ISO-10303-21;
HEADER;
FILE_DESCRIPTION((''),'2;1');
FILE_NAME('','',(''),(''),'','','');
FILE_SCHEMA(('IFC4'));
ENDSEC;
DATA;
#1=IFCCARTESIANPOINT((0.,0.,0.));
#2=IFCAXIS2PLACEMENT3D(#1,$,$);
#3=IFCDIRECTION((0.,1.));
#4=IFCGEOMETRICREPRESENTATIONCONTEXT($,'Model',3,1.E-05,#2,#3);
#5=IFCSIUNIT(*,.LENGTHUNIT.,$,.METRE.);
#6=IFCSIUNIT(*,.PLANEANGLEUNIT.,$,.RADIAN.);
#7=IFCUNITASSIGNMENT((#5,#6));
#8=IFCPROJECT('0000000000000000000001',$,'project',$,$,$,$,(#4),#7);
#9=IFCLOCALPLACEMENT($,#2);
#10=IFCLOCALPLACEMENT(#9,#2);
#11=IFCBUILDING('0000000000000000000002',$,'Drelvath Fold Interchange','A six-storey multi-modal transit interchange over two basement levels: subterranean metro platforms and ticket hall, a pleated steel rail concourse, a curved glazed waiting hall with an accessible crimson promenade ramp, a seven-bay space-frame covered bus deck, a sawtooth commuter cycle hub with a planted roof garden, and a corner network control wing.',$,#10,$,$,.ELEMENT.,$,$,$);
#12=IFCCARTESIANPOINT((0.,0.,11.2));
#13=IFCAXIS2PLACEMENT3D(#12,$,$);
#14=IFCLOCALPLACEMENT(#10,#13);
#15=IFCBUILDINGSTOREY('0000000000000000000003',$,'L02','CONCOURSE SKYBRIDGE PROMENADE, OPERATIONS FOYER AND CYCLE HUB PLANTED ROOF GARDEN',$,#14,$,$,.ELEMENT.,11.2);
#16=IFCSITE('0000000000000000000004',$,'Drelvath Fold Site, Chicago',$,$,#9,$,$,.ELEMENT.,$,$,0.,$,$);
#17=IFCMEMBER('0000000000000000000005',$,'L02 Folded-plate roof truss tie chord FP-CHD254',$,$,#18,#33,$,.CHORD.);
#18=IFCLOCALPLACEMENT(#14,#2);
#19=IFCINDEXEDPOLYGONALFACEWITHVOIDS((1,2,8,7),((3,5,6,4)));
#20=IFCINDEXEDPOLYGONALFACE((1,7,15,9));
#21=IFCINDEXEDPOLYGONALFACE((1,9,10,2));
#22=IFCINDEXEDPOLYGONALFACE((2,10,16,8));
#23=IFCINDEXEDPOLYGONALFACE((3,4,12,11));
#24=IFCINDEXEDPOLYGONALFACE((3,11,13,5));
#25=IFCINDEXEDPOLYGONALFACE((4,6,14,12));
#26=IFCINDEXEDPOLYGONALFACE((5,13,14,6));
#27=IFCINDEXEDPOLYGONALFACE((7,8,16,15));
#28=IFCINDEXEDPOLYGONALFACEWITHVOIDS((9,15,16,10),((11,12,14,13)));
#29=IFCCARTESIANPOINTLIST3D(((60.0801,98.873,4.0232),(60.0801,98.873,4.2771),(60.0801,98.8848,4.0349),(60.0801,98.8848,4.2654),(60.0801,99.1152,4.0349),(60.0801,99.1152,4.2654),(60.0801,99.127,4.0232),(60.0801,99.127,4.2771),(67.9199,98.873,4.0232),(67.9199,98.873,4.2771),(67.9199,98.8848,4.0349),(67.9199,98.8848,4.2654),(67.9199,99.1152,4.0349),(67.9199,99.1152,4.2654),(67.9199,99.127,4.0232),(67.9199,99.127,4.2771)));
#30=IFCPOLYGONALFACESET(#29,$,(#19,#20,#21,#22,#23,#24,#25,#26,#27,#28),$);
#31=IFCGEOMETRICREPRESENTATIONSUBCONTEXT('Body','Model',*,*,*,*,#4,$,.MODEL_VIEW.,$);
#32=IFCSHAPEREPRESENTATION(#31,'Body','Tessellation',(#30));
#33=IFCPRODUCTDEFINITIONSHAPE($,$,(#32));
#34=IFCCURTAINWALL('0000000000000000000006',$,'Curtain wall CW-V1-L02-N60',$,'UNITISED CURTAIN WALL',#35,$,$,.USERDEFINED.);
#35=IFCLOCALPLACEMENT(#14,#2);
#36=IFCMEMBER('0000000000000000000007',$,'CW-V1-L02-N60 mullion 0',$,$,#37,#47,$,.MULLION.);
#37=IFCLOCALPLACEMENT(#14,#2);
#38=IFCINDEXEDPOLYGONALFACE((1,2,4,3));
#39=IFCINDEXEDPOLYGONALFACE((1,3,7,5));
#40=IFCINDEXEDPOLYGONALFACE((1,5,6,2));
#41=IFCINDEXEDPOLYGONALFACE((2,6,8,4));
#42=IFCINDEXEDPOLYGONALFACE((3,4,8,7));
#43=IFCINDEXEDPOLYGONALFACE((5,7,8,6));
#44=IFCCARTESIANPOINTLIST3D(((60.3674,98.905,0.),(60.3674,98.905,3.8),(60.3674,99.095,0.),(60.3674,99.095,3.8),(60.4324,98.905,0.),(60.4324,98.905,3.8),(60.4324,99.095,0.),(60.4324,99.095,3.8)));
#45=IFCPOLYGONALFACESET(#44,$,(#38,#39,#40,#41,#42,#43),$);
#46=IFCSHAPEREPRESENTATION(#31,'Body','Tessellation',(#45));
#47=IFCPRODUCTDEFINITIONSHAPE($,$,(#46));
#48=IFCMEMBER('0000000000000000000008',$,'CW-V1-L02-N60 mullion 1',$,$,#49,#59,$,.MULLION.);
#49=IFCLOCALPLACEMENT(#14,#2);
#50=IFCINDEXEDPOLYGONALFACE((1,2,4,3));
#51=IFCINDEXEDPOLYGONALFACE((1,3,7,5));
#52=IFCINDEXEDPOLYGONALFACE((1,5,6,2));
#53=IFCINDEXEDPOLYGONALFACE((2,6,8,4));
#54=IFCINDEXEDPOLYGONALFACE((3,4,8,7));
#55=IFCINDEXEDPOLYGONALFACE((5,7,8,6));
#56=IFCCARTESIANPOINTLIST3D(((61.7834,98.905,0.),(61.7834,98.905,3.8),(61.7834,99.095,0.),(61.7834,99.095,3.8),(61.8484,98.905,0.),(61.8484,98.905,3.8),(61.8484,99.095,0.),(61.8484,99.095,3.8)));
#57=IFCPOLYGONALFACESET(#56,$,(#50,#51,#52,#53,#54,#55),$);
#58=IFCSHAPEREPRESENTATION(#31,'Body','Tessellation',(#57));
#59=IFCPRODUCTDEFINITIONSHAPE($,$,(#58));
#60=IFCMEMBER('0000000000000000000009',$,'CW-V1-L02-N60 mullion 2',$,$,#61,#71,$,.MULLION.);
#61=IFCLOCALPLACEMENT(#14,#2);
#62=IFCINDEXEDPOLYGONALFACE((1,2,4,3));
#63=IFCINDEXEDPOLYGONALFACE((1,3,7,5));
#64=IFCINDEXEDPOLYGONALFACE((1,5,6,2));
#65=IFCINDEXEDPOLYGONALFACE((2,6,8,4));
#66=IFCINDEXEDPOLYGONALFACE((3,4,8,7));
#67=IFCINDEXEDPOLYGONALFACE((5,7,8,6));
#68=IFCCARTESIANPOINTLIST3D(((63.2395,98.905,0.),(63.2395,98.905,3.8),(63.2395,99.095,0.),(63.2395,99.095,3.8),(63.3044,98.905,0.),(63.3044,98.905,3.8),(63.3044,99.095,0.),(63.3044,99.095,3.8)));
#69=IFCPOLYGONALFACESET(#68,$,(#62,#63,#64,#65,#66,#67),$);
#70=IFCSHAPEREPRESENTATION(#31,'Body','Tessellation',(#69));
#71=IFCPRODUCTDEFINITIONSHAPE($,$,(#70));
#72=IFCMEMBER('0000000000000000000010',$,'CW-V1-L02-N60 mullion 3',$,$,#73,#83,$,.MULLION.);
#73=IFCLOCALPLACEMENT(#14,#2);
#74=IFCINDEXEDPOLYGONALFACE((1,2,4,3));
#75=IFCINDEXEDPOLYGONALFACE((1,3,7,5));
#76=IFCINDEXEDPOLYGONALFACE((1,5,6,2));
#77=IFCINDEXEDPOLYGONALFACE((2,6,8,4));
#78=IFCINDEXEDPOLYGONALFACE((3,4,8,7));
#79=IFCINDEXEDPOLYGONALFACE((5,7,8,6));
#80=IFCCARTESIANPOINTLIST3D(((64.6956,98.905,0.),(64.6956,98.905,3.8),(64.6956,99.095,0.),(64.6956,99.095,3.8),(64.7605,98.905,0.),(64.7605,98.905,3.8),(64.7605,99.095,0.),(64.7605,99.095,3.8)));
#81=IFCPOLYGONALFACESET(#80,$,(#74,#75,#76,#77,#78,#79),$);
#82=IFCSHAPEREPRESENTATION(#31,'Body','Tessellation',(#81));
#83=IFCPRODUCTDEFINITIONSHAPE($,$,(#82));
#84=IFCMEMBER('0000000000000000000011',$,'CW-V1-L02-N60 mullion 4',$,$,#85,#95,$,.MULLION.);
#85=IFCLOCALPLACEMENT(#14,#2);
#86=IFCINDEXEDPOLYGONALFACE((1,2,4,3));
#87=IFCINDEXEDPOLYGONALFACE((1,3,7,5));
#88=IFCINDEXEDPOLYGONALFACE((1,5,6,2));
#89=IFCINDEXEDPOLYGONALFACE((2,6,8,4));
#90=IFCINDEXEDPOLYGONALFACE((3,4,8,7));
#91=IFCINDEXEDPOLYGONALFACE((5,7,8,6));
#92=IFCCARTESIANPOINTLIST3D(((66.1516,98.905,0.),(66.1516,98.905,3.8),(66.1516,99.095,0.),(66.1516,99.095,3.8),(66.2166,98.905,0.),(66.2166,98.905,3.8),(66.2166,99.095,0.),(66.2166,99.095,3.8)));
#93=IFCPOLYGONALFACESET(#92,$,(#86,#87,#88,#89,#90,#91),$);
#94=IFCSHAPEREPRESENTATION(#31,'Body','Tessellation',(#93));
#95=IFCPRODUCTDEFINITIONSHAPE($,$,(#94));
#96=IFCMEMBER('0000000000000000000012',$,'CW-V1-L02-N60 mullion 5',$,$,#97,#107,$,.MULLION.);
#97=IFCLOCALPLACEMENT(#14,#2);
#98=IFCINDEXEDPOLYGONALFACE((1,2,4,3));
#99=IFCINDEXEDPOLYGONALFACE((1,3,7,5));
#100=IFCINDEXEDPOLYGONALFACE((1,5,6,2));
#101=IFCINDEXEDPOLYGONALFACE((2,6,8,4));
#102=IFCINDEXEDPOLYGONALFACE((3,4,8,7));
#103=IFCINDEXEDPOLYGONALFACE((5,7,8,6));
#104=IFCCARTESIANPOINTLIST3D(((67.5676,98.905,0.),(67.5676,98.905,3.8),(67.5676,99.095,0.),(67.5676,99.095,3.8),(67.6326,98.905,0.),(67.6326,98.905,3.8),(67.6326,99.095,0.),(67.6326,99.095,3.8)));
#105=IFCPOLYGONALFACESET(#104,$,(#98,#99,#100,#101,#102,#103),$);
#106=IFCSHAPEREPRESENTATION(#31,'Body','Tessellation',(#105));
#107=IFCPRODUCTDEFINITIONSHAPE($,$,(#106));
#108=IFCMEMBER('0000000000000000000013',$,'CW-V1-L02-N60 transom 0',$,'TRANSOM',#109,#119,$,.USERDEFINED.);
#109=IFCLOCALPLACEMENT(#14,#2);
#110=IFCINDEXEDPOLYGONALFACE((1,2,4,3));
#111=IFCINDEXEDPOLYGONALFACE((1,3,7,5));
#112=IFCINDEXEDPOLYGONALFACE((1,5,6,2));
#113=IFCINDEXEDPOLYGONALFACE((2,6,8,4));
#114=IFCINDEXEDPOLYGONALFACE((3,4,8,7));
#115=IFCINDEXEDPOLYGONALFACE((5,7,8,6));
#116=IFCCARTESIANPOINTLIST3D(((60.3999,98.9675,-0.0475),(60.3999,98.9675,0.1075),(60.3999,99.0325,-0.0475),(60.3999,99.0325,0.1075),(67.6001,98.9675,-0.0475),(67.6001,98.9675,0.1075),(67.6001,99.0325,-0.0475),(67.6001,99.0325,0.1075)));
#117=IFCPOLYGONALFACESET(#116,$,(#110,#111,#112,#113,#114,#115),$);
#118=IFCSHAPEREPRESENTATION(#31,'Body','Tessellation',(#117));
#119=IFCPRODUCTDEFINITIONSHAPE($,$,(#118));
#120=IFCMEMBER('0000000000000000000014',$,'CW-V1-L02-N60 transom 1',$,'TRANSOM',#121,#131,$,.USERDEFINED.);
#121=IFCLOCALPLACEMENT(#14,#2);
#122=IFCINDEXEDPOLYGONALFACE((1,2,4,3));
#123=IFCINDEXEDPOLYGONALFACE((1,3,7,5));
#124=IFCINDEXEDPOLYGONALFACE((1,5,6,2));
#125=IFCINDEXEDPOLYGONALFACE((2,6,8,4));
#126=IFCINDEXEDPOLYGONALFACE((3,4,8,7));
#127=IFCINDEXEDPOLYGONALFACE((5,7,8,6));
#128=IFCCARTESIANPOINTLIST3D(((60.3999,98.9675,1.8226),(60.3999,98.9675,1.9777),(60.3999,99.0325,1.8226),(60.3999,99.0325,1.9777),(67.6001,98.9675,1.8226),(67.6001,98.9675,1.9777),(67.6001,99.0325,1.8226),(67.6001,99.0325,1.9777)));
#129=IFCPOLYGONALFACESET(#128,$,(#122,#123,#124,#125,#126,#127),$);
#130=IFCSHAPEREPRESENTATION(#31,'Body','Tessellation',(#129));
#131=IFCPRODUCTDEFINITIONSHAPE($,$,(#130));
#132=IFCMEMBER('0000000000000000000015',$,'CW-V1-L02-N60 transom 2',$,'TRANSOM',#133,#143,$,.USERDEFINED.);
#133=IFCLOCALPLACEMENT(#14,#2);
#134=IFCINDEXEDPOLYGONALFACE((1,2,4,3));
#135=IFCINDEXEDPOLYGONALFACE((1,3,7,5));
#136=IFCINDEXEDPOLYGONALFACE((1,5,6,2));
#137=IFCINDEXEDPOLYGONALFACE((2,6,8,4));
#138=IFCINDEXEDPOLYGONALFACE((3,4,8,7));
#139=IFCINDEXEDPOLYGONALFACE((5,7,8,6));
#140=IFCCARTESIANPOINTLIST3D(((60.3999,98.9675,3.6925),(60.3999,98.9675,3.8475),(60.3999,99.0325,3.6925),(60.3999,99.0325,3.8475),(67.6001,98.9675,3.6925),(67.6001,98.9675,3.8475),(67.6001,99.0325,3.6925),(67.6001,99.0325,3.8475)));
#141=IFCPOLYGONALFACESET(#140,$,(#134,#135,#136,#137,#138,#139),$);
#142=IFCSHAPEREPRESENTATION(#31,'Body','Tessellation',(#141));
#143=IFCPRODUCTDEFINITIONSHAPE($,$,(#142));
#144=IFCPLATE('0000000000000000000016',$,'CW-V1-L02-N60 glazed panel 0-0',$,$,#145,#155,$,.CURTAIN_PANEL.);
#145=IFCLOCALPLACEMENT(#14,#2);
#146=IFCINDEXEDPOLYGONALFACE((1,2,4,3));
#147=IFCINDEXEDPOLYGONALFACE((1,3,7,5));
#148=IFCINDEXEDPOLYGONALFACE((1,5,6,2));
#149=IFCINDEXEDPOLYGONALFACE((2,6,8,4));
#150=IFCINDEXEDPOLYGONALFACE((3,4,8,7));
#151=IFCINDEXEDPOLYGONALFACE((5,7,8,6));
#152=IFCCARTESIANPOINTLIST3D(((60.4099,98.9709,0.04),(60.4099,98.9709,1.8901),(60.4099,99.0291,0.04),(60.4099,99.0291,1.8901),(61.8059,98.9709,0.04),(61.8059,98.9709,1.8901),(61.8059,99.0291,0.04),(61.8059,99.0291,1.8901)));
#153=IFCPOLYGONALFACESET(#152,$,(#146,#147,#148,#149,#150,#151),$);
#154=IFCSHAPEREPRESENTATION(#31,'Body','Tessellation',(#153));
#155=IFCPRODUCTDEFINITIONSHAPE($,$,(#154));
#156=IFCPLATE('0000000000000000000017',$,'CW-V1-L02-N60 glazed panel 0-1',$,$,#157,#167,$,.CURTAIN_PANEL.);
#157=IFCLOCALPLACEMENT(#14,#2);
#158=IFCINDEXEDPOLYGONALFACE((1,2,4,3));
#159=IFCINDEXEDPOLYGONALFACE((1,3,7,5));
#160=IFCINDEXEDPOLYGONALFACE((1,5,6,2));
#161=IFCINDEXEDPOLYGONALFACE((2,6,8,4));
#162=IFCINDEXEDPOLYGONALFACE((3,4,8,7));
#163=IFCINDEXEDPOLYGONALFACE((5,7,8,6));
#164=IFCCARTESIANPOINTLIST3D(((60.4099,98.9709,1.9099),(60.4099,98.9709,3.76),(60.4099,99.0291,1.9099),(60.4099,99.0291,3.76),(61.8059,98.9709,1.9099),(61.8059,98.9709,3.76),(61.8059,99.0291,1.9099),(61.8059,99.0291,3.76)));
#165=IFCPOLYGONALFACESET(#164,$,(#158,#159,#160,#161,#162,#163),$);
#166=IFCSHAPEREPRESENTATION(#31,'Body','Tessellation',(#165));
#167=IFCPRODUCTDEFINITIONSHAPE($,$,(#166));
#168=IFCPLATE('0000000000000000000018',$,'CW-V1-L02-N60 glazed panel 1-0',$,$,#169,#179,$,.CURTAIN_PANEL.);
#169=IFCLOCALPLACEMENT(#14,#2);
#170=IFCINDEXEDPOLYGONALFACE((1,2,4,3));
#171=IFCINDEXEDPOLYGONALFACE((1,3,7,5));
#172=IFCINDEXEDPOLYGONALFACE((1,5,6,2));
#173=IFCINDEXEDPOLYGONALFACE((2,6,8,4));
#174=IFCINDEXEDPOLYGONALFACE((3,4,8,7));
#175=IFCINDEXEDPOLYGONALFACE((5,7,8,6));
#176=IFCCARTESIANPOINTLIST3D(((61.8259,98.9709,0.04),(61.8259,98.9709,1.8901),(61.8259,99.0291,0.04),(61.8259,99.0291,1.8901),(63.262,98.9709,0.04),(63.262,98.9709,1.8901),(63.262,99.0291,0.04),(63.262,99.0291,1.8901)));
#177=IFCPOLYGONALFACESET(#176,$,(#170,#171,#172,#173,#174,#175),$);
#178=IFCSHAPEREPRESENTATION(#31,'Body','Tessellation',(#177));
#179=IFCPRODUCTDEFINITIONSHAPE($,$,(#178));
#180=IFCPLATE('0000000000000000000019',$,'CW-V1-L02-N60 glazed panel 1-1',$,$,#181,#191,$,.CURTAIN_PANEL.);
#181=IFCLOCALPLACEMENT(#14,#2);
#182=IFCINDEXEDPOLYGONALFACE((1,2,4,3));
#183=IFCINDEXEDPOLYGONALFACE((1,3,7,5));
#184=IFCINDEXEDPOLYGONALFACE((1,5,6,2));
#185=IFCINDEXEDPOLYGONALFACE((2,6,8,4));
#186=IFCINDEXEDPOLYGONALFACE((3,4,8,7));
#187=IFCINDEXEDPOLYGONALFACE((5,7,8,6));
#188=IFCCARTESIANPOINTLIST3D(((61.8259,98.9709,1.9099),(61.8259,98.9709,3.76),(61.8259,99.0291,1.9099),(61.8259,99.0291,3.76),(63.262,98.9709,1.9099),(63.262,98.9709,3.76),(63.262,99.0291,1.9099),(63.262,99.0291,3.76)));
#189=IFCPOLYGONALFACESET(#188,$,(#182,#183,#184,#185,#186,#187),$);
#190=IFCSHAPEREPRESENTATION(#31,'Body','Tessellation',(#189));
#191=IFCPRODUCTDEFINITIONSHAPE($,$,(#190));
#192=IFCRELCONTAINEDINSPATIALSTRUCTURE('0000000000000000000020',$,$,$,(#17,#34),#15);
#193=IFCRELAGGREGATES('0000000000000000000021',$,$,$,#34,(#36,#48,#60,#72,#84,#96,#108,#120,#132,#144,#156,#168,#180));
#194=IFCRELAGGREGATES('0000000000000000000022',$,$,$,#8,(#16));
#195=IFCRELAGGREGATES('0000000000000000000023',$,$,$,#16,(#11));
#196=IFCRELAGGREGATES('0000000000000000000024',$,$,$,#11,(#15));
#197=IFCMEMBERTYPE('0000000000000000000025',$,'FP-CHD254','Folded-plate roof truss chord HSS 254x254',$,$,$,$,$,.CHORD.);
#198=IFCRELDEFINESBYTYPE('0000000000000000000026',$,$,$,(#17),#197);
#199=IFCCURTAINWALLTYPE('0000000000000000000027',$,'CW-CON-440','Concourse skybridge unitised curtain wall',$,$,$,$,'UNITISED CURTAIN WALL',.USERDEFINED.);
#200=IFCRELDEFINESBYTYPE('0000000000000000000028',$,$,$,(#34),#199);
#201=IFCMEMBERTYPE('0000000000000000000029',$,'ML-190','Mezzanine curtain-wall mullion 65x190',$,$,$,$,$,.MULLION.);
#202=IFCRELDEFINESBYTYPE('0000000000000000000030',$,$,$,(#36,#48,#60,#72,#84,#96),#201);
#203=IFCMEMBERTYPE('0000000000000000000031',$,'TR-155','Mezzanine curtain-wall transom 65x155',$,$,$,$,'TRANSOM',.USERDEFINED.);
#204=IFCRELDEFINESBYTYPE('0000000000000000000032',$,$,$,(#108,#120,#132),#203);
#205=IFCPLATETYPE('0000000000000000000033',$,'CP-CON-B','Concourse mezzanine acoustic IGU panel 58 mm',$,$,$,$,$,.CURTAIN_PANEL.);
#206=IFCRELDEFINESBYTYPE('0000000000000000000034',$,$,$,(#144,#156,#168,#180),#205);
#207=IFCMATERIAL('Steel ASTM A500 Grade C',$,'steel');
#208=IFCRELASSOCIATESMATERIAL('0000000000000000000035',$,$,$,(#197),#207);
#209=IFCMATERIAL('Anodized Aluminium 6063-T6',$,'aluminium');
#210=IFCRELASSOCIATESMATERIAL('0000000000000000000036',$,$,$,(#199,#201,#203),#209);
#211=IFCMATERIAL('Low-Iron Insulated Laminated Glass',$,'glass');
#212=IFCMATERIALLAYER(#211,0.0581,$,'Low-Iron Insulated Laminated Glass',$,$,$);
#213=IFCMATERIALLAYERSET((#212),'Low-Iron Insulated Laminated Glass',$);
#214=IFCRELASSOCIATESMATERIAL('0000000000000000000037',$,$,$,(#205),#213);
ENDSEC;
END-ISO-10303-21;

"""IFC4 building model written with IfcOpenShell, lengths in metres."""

from ifc_helpers import new_model, si_unit, direction, frame, origin, origin_2d, place, context, subcontext, project, spatial, rectangle, hollow_rectangle, extrude, material, layer, layer_set, material_profile, profile_set, type_object, element, aggregate, save


model = new_model("IFC4")

# Units and contexts
model_context = context("Model", 3, precision=1e-05, world=origin(), true_north=direction((0.0, 1.0)))
body_context = subcontext(model_context, "Body", "Model", "MODEL_VIEW")
ifc_project = project(units=[si_unit("LENGTHUNIT", "METRE"), si_unit("PLANEANGLEUNIT", "RADIAN")], contexts=[model_context])

# Site, building, storey
site_placement = place(None, origin())
site = spatial("IfcSite", under=ifc_project, at=site_placement, Name="Drelvath Fold Site, Chicago", CompositionType="ELEMENT", RefElevation=0.0)
building_placement = place(site_placement, origin())
building = spatial("IfcBuilding", under=site, at=building_placement, Name="Drelvath Fold Interchange", Description="A six-storey multi-modal transit interchange over two basement levels: subterranean metro platforms and ticket hall, a pleated steel rail concourse, a curved glazed waiting hall with an accessible crimson promenade ramp, a seven-bay space-frame covered bus deck, a sawtooth commuter cycle hub with a planted roof garden, and a corner network control wing.", CompositionType="ELEMENT")
storey_placement = place(building_placement, frame((0.0, 0.0, 11.2)))
storey = spatial("IfcBuildingStorey", under=building, at=storey_placement, Name="L02", Description="CONCOURSE SKYBRIDGE PROMENADE, OPERATIONS FOYER AND CYCLE HUB PLANTED ROOF GARDEN", CompositionType="ELEMENT", Elevation=11.2)

# Member
ifc_material_1 = material(Name="Steel ASTM A500 Grade C", Category="steel")
ifc_material_profile_1 = material_profile(ifc_material_1, hollow_rectangle(XDim=0.2539, YDim=0.2539, WallThickness=0.0117, at=origin_2d()), Name="HSS10X10X1/2")
ifc_profile_set_1 = profile_set([ifc_material_profile_1], Name="Steel ASTM A500 Grade C")
member_type_1 = type_object("IfcMemberType", Name="FP-CHD254", Description="Folded-plate roof truss chord HSS 254x254", PredefinedType="CHORD", material=ifc_profile_set_1)
member_1_placement = place(storey_placement, frame((60.0801, 99.0, 4.1501), z_axis=(1.0, 0.0, 0.0), x_axis=(0.0, 1.0, 0.0)))
element("IfcMember", 1, at=member_1_placement, inside=storey, type_object=member_type_1, Name="L02 Folded-plate roof truss tie chord FP-CHD254", PredefinedType="CHORD", context=body_context, shape_type="SweptSolid", body=[
    extrude(hollow_rectangle(XDim=0.2539, YDim=0.2539, WallThickness=0.0117, at=origin_2d()), origin(), (0.0, 0.0, 1.0), 7.8398),
])

# Curtain wall, members, plates
ifc_material_2 = material(Name="Anodized Aluminium 6063-T6", Category="aluminium")
curtain_wall_type = type_object("IfcCurtainWallType", Name="CW-CON-440", Description="Concourse skybridge unitised curtain wall", ElementType="UNITISED CURTAIN WALL", PredefinedType="USERDEFINED", material=ifc_material_2)
curtain_wall_placement = place(storey_placement, origin())
curtain_wall = element("IfcCurtainWall", 2, at=curtain_wall_placement, inside=storey, type_object=curtain_wall_type, Name="Curtain wall CW-V1-L02-N60", ObjectType="UNITISED CURTAIN WALL", PredefinedType="USERDEFINED")
ifc_material_profile_2 = material_profile(ifc_material_2, rectangle(XDim=0.0649, YDim=0.1899, at=origin_2d()), Name="AL-M 65x190")
ifc_profile_set_2 = profile_set([ifc_material_profile_2], Name="Anodized Aluminium 6063-T6")
member_type_2 = type_object("IfcMemberType", Name="ML-190", Description="Mezzanine curtain-wall mullion 65x190", PredefinedType="MULLION", material=ifc_profile_set_2)
member_2_placement = place(storey_placement, frame((60.3999, 99.0, 0.0), z_axis=(0.0, 0.0, 1.0), x_axis=(1.0, 0.0, 0.0)))
member_2 = element("IfcMember", 3, at=member_2_placement, type_object=member_type_2, Name="CW-V1-L02-N60 mullion 0", PredefinedType="MULLION", context=body_context, shape_type="SweptSolid", body=[
    extrude(rectangle(XDim=0.0649, YDim=0.1899, at=origin_2d()), origin(), (0.0, 0.0, 1.0), 3.8),
])
member_3_placement = place(storey_placement, frame((61.8159, 99.0, 0.0), z_axis=(0.0, 0.0, 1.0), x_axis=(1.0, 0.0, 0.0)))
member_3 = element("IfcMember", 4, at=member_3_placement, type_object=member_type_2, Name="CW-V1-L02-N60 mullion 1", PredefinedType="MULLION", context=body_context, shape_type="SweptSolid", body=[
    extrude(rectangle(XDim=0.0649, YDim=0.1899, at=origin_2d()), origin(), (0.0, 0.0, 1.0), 3.8),
])
member_4_placement = place(storey_placement, frame((63.272, 99.0, 0.0), z_axis=(0.0, 0.0, 1.0), x_axis=(1.0, 0.0, 0.0)))
member_4 = element("IfcMember", 5, at=member_4_placement, type_object=member_type_2, Name="CW-V1-L02-N60 mullion 2", PredefinedType="MULLION", context=body_context, shape_type="SweptSolid", body=[
    extrude(rectangle(XDim=0.0649, YDim=0.1899, at=origin_2d()), origin(), (0.0, 0.0, 1.0), 3.8),
])
member_5_placement = place(storey_placement, frame((64.728, 99.0, 0.0), z_axis=(0.0, 0.0, 1.0), x_axis=(1.0, 0.0, 0.0)))
member_5 = element("IfcMember", 6, at=member_5_placement, type_object=member_type_2, Name="CW-V1-L02-N60 mullion 3", PredefinedType="MULLION", context=body_context, shape_type="SweptSolid", body=[
    extrude(rectangle(XDim=0.0649, YDim=0.1899, at=origin_2d()), origin(), (0.0, 0.0, 1.0), 3.8),
])
member_6_placement = place(storey_placement, frame((66.1841, 99.0, 0.0), z_axis=(0.0, 0.0, 1.0), x_axis=(1.0, 0.0, 0.0)))
member_6 = element("IfcMember", 7, at=member_6_placement, type_object=member_type_2, Name="CW-V1-L02-N60 mullion 4", PredefinedType="MULLION", context=body_context, shape_type="SweptSolid", body=[
    extrude(rectangle(XDim=0.0649, YDim=0.1899, at=origin_2d()), origin(), (0.0, 0.0, 1.0), 3.8),
])
member_7_placement = place(storey_placement, frame((67.6001, 99.0, 0.0), z_axis=(0.0, 0.0, 1.0), x_axis=(1.0, 0.0, 0.0)))
member_7 = element("IfcMember", 8, at=member_7_placement, type_object=member_type_2, Name="CW-V1-L02-N60 mullion 5", PredefinedType="MULLION", context=body_context, shape_type="SweptSolid", body=[
    extrude(rectangle(XDim=0.0649, YDim=0.1899, at=origin_2d()), origin(), (0.0, 0.0, 1.0), 3.8),
])
ifc_material_profile_3 = material_profile(ifc_material_2, rectangle(XDim=0.0649, YDim=0.155, at=origin_2d()), Name="AL-T 65x155")
ifc_profile_set_3 = profile_set([ifc_material_profile_3], Name="Anodized Aluminium 6063-T6")
member_type_3 = type_object("IfcMemberType", Name="TR-155", Description="Mezzanine curtain-wall transom 65x155", ElementType="TRANSOM", PredefinedType="USERDEFINED", material=ifc_profile_set_3)
member_8_placement = place(storey_placement, frame((60.3999, 99.0, 0.03), z_axis=(1.0, 0.0, 0.0), x_axis=(0.0, 1.0, 0.0)))
member_8 = element("IfcMember", 9, at=member_8_placement, type_object=member_type_3, Name="CW-V1-L02-N60 transom 0", ObjectType="TRANSOM", PredefinedType="USERDEFINED", context=body_context, shape_type="SweptSolid", body=[
    extrude(rectangle(XDim=0.0649, YDim=0.155, at=origin_2d()), origin(), (0.0, 0.0, 1.0), 7.2002),
])
member_9_placement = place(storey_placement, frame((60.3999, 99.0, 1.9001), z_axis=(1.0, 0.0, 0.0), x_axis=(0.0, 1.0, 0.0)))
member_9 = element("IfcMember", 10, at=member_9_placement, type_object=member_type_3, Name="CW-V1-L02-N60 transom 1", ObjectType="TRANSOM", PredefinedType="USERDEFINED", context=body_context, shape_type="SweptSolid", body=[
    extrude(rectangle(XDim=0.0649, YDim=0.155, at=origin_2d()), origin(), (0.0, 0.0, 1.0), 7.2002),
])
member_10_placement = place(storey_placement, frame((60.3999, 99.0, 3.77), z_axis=(1.0, 0.0, 0.0), x_axis=(0.0, 1.0, 0.0)))
member_10 = element("IfcMember", 11, at=member_10_placement, type_object=member_type_3, Name="CW-V1-L02-N60 transom 2", ObjectType="TRANSOM", PredefinedType="USERDEFINED", context=body_context, shape_type="SweptSolid", body=[
    extrude(rectangle(XDim=0.0649, YDim=0.155, at=origin_2d()), origin(), (0.0, 0.0, 1.0), 7.2002),
])
ifc_material_3 = material(Name="Low-Iron Insulated Laminated Glass", Category="glass")
ifc_layer = layer(ifc_material_3, 0.0581, Name="Low-Iron Insulated Laminated Glass")
ifc_layer_set = layer_set([ifc_layer], Name="Low-Iron Insulated Laminated Glass")
plate_type = type_object("IfcPlateType", Name="CP-CON-B", Description="Concourse mezzanine acoustic IGU panel 58 mm", PredefinedType="CURTAIN_PANEL", material=ifc_layer_set)
plate_1_placement = place(storey_placement, frame((61.1079, 99.0, 0.04), z_axis=(0.0, 0.0, 1.0), x_axis=(1.0, 0.0, 0.0)))
plate_1 = element("IfcPlate", 12, at=plate_1_placement, type_object=plate_type, Name="CW-V1-L02-N60 glazed panel 0-0", PredefinedType="CURTAIN_PANEL", context=body_context, shape_type="SweptSolid", body=[
    extrude(rectangle(XDim=1.396, YDim=0.0581, at=origin_2d()), origin(), (0.0, 0.0, 1.0), 1.8501),
])
plate_2_placement = place(storey_placement, frame((61.1079, 99.0, 1.9099), z_axis=(0.0, 0.0, 1.0), x_axis=(1.0, 0.0, 0.0)))
plate_2 = element("IfcPlate", 13, at=plate_2_placement, type_object=plate_type, Name="CW-V1-L02-N60 glazed panel 0-1", PredefinedType="CURTAIN_PANEL", context=body_context, shape_type="SweptSolid", body=[
    extrude(rectangle(XDim=1.396, YDim=0.0581, at=origin_2d()), origin(), (0.0, 0.0, 1.0), 1.8501),
])
plate_3_placement = place(storey_placement, frame((62.5439, 99.0, 0.04), z_axis=(0.0, 0.0, 1.0), x_axis=(1.0, 0.0, 0.0)))
plate_3 = element("IfcPlate", 14, at=plate_3_placement, type_object=plate_type, Name="CW-V1-L02-N60 glazed panel 1-0", PredefinedType="CURTAIN_PANEL", context=body_context, shape_type="SweptSolid", body=[
    extrude(rectangle(XDim=1.436, YDim=0.0581, at=origin_2d()), origin(), (0.0, 0.0, 1.0), 1.8501),
])
plate_4_placement = place(storey_placement, frame((62.5439, 99.0, 1.9099), z_axis=(0.0, 0.0, 1.0), x_axis=(1.0, 0.0, 0.0)))
plate_4 = element("IfcPlate", 15, at=plate_4_placement, type_object=plate_type, Name="CW-V1-L02-N60 glazed panel 1-1", PredefinedType="CURTAIN_PANEL", context=body_context, shape_type="SweptSolid", body=[
    extrude(rectangle(XDim=1.436, YDim=0.0581, at=origin_2d()), origin(), (0.0, 0.0, 1.0), 1.8501),
])
aggregate(curtain_wall, [member_2, member_3, member_4, member_5, member_6, member_7, member_8, member_9, member_10, plate_1, plate_2, plate_3, plate_4])

save(model, "model.ifc")
